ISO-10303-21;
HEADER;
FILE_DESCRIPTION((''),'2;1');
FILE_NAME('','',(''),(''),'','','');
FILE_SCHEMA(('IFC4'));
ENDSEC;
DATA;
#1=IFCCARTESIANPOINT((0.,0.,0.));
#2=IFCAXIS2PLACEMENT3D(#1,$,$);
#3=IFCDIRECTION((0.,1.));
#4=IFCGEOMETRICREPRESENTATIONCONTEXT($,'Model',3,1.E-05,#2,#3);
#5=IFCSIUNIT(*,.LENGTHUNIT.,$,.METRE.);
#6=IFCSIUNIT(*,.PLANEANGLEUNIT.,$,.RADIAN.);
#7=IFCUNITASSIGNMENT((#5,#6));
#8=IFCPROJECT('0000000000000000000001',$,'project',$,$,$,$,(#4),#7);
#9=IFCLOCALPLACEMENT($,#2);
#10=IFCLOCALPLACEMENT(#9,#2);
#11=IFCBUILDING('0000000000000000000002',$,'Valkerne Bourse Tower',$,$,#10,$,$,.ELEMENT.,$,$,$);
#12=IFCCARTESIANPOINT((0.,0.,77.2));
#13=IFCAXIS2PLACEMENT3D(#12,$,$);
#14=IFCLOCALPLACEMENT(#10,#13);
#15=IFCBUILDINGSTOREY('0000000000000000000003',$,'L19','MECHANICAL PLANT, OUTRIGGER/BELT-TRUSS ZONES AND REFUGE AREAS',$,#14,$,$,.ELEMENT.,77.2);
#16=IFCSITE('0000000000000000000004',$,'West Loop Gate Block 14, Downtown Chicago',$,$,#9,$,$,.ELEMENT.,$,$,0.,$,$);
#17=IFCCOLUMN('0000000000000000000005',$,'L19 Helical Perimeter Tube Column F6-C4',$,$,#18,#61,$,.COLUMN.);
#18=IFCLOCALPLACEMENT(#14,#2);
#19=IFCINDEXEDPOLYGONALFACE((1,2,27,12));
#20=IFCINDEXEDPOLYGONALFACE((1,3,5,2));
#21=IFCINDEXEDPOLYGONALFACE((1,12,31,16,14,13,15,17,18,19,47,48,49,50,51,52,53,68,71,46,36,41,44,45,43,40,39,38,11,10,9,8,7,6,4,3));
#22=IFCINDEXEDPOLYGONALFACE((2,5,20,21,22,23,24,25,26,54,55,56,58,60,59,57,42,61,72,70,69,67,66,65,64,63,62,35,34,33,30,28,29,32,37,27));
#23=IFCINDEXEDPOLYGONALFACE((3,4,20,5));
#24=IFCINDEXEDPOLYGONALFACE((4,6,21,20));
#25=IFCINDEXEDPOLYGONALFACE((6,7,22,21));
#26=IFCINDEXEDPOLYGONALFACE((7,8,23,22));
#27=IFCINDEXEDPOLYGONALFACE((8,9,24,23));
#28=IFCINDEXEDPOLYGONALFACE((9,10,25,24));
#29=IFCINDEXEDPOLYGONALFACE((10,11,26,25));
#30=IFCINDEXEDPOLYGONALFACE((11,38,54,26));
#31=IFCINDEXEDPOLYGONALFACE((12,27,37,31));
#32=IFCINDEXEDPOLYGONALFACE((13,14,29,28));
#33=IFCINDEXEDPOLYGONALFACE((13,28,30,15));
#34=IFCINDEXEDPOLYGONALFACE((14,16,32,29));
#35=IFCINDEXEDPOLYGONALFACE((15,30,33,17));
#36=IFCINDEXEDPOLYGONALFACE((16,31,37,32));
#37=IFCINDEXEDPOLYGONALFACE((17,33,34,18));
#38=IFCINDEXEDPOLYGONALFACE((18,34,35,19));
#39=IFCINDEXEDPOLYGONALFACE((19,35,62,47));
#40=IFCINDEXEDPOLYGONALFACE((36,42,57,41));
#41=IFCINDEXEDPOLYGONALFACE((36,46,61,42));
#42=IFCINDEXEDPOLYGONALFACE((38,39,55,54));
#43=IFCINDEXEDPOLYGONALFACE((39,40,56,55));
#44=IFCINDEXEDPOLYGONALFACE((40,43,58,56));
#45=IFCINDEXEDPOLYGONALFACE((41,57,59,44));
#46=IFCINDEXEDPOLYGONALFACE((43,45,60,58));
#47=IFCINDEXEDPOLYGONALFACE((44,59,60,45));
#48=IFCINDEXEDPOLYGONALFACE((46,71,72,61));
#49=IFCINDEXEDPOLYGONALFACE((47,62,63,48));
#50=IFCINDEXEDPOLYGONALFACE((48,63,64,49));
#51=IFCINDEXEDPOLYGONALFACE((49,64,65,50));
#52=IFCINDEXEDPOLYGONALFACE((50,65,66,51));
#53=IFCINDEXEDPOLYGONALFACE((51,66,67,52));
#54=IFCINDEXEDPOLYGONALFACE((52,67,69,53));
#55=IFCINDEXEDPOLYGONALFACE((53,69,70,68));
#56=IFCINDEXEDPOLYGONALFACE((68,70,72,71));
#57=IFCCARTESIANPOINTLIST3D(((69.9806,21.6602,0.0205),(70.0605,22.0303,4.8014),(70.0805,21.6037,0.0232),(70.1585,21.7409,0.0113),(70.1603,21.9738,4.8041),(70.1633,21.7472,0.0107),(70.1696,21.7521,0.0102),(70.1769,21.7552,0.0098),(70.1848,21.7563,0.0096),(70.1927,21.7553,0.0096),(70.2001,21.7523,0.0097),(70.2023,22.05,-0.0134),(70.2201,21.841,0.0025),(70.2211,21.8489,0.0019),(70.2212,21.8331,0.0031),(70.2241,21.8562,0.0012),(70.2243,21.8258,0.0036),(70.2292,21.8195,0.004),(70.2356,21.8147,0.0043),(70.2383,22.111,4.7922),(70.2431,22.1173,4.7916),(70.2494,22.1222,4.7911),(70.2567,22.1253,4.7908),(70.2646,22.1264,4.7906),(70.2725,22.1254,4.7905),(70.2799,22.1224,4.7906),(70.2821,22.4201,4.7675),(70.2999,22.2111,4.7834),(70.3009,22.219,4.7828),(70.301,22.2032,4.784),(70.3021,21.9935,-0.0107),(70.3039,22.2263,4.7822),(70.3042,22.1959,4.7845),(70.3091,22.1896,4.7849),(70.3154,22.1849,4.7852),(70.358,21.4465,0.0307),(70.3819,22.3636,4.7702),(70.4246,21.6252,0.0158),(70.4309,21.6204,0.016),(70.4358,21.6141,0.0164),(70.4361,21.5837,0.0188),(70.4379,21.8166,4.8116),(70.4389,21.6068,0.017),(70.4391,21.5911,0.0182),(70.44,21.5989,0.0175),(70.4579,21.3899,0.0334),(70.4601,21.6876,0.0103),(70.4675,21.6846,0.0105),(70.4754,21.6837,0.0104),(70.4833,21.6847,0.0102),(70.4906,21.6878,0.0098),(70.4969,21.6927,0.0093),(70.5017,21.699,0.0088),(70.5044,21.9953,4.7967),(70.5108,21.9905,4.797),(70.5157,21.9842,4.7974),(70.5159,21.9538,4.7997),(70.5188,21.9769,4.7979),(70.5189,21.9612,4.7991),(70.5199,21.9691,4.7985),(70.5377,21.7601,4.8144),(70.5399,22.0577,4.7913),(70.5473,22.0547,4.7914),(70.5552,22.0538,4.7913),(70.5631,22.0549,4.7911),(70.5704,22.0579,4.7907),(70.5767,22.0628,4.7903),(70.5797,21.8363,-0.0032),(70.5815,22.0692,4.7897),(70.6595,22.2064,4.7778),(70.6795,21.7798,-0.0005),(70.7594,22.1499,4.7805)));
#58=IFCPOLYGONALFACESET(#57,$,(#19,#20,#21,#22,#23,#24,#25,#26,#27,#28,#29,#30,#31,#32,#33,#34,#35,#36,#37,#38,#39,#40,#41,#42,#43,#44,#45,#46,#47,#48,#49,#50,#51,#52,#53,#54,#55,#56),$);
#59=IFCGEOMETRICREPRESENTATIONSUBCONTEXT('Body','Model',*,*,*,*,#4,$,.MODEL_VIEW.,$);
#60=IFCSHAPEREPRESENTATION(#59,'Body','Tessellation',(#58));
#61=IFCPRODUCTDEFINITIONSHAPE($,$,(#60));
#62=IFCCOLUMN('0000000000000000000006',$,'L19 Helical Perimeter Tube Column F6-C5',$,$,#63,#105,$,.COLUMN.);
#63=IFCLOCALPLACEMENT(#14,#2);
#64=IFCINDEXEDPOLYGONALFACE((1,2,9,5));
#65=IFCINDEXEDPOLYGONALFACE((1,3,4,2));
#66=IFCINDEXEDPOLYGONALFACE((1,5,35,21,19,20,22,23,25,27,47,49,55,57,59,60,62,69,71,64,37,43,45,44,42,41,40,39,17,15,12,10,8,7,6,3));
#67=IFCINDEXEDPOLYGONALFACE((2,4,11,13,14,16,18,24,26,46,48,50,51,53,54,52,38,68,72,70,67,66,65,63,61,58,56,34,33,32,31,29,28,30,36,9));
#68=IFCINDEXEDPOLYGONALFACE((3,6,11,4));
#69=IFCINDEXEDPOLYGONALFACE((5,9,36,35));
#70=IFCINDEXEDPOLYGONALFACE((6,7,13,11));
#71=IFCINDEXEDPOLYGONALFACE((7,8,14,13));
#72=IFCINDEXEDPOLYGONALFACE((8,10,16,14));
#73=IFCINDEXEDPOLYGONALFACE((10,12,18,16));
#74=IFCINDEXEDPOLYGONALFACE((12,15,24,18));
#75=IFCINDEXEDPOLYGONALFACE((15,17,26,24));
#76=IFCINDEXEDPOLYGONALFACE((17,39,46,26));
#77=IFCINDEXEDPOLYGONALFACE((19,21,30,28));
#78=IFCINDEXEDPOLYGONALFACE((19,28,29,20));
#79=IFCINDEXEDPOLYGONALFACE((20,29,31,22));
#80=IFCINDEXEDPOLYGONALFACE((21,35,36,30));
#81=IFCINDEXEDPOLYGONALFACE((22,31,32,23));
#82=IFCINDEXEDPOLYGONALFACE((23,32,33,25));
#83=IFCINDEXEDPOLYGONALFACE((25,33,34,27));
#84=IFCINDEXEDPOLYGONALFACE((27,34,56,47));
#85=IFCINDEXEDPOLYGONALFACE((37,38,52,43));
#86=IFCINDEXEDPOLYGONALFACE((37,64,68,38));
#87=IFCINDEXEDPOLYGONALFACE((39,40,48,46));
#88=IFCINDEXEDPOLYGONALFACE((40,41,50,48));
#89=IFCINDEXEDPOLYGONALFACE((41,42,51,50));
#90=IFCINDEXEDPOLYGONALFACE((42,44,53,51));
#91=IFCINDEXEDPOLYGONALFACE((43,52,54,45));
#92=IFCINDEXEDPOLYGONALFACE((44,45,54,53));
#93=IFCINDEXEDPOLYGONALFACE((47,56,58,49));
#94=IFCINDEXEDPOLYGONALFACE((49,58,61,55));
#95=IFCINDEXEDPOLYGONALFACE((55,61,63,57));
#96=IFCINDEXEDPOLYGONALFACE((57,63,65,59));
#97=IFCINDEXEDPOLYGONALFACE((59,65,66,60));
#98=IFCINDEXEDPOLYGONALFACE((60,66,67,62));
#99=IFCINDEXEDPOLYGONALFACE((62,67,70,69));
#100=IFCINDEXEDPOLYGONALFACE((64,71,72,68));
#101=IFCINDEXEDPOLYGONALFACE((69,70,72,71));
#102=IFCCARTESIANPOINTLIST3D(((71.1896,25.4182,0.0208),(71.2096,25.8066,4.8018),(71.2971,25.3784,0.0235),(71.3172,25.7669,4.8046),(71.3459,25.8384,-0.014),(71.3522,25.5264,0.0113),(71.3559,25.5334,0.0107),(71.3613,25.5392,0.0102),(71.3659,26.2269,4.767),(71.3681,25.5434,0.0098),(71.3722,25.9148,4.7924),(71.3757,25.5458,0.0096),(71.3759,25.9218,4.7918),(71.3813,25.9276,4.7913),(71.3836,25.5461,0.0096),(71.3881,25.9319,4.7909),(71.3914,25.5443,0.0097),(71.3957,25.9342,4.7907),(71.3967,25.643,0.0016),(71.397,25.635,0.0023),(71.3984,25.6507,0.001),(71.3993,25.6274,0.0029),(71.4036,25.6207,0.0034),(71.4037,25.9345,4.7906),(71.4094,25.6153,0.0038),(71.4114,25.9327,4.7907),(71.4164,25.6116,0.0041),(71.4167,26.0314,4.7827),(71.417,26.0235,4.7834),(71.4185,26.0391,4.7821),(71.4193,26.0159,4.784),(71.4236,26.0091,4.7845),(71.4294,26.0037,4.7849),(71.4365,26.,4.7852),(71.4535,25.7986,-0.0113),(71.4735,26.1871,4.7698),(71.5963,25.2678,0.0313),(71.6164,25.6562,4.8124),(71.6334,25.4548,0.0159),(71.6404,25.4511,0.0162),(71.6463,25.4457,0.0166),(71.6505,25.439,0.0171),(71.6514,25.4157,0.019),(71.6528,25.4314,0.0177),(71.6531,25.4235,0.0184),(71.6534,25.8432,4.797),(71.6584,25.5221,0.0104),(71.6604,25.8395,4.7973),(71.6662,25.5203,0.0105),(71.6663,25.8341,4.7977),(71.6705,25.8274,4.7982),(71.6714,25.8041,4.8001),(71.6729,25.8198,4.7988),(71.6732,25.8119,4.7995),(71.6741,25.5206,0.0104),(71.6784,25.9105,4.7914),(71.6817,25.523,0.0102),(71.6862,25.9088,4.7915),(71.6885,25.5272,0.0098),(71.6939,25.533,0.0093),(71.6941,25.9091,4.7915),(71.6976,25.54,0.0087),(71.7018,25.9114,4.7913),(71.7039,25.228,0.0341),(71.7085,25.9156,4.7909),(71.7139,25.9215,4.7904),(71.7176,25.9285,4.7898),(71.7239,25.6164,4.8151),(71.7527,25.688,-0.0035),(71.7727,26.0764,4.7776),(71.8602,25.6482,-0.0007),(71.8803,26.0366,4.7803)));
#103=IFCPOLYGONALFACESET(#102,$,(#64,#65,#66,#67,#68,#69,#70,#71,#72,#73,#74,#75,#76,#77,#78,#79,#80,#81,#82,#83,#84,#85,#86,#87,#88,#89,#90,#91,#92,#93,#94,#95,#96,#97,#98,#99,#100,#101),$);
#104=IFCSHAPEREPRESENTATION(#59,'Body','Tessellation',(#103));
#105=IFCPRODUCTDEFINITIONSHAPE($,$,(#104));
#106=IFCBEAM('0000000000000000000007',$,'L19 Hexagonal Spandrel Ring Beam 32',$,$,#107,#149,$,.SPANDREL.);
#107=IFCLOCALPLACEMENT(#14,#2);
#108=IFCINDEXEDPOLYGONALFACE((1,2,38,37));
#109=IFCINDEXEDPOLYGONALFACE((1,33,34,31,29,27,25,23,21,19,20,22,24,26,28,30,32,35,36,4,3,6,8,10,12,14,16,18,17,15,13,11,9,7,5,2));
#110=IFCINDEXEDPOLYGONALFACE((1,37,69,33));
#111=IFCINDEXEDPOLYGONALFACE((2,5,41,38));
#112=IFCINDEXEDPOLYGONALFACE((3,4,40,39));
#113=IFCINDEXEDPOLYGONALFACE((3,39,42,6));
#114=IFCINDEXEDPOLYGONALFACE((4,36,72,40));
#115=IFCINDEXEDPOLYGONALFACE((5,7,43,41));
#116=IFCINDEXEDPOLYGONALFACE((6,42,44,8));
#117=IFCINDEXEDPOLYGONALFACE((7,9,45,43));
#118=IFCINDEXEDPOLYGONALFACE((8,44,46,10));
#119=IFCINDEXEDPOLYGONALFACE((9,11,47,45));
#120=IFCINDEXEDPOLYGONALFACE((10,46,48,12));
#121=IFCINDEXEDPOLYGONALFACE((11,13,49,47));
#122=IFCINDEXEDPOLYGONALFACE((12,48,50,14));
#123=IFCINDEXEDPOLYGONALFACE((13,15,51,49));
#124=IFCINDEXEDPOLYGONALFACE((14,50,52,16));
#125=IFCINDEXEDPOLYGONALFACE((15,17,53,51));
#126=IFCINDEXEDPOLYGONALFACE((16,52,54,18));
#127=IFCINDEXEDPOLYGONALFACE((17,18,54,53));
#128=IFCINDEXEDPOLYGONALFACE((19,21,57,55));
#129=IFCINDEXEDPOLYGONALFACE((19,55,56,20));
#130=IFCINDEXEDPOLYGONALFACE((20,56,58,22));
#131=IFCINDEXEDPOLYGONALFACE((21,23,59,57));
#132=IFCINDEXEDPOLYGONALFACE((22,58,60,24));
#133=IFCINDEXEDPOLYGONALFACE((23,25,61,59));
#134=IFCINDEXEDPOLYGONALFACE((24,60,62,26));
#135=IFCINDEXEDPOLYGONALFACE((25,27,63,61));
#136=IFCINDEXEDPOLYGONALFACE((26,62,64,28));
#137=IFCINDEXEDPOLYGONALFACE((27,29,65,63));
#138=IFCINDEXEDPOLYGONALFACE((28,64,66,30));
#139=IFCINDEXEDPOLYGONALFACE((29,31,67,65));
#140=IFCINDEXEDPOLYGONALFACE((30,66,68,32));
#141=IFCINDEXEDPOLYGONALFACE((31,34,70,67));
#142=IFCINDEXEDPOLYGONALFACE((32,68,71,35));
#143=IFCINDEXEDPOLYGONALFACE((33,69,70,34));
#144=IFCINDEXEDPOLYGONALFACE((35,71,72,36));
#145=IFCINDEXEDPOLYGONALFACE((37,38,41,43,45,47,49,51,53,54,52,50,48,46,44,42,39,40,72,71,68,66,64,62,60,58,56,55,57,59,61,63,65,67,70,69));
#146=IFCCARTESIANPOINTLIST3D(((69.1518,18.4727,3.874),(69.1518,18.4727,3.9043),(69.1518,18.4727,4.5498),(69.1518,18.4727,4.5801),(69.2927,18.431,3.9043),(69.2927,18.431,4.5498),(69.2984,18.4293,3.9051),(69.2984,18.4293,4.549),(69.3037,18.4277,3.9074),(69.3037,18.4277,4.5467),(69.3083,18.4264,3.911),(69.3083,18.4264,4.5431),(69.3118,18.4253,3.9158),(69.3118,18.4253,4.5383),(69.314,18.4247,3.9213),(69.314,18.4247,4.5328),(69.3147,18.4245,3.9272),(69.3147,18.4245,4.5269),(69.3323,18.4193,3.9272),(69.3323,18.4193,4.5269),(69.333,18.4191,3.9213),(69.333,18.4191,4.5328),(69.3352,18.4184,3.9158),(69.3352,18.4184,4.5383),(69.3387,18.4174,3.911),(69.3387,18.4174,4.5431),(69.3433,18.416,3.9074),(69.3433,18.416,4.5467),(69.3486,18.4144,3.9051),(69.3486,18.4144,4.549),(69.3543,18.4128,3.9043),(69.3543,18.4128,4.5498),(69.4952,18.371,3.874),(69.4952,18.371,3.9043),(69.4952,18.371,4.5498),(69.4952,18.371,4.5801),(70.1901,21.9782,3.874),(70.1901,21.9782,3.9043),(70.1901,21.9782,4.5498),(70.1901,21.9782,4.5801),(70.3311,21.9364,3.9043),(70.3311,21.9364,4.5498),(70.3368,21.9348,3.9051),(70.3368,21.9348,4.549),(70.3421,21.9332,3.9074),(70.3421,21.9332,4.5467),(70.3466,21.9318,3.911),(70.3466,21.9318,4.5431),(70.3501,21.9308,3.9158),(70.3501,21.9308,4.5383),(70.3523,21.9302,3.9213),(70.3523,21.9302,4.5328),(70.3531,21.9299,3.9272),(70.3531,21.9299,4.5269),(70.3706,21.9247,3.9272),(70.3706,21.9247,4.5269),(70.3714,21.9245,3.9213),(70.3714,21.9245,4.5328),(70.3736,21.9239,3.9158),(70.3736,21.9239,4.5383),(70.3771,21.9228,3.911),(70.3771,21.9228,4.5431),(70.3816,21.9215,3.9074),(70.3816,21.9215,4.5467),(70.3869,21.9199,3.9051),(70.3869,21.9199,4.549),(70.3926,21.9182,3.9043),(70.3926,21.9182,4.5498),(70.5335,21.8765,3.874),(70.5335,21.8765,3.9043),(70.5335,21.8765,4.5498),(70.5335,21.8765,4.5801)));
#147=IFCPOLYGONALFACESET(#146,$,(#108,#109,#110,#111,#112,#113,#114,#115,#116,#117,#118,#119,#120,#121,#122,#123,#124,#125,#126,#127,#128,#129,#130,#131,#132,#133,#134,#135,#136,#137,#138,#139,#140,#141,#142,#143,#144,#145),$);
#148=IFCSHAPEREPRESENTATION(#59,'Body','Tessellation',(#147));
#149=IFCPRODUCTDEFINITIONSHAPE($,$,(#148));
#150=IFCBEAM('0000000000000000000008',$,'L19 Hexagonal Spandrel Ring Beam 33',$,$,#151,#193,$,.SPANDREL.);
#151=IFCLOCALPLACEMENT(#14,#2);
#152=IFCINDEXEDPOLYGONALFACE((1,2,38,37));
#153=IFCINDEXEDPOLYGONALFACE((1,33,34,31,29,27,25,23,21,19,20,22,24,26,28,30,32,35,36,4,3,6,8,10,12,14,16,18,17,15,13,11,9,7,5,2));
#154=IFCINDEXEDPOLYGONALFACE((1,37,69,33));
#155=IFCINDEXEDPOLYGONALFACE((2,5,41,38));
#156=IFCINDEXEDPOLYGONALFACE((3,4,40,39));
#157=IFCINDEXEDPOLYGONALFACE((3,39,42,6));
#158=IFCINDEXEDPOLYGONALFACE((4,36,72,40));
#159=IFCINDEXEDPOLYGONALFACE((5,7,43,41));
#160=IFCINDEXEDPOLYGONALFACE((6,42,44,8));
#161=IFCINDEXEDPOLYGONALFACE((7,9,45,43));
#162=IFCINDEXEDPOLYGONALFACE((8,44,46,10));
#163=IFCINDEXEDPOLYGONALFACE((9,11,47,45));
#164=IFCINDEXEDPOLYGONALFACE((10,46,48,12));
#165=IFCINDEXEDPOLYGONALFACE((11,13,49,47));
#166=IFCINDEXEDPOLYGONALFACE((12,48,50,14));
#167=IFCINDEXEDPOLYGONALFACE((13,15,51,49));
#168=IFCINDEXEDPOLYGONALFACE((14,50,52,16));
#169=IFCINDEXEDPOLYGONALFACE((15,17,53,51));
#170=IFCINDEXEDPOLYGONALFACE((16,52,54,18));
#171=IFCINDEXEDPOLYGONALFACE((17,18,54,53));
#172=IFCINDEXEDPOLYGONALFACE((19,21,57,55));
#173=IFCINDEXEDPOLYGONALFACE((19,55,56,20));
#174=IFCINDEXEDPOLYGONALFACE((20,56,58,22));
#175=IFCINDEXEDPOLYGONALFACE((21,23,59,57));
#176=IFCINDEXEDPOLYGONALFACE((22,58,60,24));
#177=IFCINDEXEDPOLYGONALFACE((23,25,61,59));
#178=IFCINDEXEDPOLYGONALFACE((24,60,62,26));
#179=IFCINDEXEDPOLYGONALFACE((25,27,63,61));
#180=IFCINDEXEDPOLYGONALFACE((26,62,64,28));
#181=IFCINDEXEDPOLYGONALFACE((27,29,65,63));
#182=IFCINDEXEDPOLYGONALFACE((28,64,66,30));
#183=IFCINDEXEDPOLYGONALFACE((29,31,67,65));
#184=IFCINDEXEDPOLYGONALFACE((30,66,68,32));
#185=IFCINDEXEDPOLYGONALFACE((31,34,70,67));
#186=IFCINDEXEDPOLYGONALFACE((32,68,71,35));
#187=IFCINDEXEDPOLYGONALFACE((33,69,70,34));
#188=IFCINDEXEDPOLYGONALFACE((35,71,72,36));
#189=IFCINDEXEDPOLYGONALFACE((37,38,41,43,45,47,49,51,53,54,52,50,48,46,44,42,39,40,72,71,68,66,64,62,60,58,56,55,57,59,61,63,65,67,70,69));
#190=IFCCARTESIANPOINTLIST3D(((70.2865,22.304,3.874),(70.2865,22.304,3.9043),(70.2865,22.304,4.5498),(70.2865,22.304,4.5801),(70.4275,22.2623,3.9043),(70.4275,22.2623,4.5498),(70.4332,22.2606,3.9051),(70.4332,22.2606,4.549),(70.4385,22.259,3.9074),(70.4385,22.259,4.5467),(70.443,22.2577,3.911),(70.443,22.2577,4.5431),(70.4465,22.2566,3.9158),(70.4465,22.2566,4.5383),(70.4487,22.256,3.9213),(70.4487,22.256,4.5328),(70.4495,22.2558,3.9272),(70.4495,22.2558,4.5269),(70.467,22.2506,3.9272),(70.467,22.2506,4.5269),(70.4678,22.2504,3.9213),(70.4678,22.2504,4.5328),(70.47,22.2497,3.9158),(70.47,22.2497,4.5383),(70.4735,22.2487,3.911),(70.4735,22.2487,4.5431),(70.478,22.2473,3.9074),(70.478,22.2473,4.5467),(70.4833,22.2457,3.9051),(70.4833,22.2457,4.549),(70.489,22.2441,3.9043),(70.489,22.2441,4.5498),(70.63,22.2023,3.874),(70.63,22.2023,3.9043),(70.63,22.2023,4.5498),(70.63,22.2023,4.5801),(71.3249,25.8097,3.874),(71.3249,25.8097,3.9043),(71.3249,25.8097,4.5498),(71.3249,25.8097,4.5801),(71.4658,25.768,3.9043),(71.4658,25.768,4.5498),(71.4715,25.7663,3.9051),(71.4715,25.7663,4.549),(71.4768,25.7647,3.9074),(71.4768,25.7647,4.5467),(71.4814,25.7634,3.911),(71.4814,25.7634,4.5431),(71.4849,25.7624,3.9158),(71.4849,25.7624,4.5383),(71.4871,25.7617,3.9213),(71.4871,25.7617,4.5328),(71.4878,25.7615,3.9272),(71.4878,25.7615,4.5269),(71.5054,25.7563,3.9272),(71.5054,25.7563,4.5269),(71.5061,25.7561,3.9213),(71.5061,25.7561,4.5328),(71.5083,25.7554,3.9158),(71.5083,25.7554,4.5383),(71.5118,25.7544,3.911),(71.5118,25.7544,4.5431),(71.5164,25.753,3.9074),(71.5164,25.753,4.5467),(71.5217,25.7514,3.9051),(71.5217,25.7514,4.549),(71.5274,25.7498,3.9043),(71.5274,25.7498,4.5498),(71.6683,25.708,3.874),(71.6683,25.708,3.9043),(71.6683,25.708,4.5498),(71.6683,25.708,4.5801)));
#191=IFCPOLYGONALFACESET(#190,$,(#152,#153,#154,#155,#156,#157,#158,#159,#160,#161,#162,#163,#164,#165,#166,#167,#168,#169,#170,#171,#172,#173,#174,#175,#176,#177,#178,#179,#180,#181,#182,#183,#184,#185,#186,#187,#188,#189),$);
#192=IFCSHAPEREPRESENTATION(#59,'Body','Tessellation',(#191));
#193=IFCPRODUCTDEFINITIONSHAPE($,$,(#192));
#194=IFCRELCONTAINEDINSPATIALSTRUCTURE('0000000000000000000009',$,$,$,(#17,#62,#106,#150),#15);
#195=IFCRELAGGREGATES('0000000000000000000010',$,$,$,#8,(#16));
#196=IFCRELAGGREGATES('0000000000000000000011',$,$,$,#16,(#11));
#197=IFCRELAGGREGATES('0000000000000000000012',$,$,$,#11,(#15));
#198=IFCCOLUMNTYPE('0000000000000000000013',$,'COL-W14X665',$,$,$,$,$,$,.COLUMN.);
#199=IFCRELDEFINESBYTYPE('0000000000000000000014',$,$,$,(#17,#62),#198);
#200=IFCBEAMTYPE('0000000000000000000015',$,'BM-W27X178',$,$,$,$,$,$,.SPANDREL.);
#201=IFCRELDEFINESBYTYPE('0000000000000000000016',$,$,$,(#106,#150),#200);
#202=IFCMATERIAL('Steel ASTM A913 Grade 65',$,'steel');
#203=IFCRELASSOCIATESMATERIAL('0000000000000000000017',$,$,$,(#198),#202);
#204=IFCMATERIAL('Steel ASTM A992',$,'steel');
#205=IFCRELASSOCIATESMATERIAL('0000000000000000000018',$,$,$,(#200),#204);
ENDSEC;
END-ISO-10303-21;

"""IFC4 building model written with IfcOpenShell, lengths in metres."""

from ifc_helpers import new_model, si_unit, direction, frame, origin, origin_2d, place, context, subcontext, project, spatial, i_section, extrude, material, material_profile, profile_set, type_object, element, save


model = new_model("IFC4")

# Units and contexts
model_context = context("Model", 3, precision=1e-05, world=origin(), true_north=direction((0.0, 1.0)))
body_context = subcontext(model_context, "Body", "Model", "MODEL_VIEW")
ifc_project = project(units=[si_unit("LENGTHUNIT", "METRE"), si_unit("PLANEANGLEUNIT", "RADIAN")], contexts=[model_context])

# Site, building, storey
site_placement = place(None, origin())
site = spatial("IfcSite", under=ifc_project, at=site_placement, Name="West Loop Gate Block 14, Downtown Chicago", CompositionType="ELEMENT", RefElevation=0.0)
building_placement = place(site_placement, origin())
building = spatial("IfcBuilding", under=site, at=building_placement, Name="Valkerne Bourse Tower", CompositionType="ELEMENT")
storey_placement = place(building_placement, frame((0.0, 0.0, 77.2)))
storey = spatial("IfcBuildingStorey", under=building, at=storey_placement, Name="L19", Description="MECHANICAL PLANT, OUTRIGGER/BELT-TRUSS ZONES AND REFUGE AREAS", CompositionType="ELEMENT", Elevation=77.2)

# Columns
ifc_material_1 = material(Name="Steel ASTM A913 Grade 65", Category="steel")
ifc_material_profile_1 = material_profile(ifc_material_1, i_section(OverallWidth=0.4497, OverallDepth=0.5486, WebThickness=0.072, FlangeThickness=0.1147, FilletRadius=0.0305, at=origin_2d()), Name="W14X665")
ifc_profile_set_1 = profile_set([ifc_material_profile_1], Name="Steel ASTM A913 Grade 65")
column_type = type_object("IfcColumnType", Name="COL-W14X665", PredefinedType="COLUMN", material=ifc_profile_set_1)
column_1_placement = place(storey_placement, frame((70.3301, 21.72, 0.01), z_axis=(0.016646, 0.077172, 0.996879), x_axis=(-0.492891, -0.866823, 0.075335)))
element("IfcColumn", 1, at=column_1_placement, inside=storey, type_object=column_type, Name="L19 Helical Perimeter Tube Column F6-C4", PredefinedType="COLUMN", context=body_context, shape_type="SweptSolid", body=[
    extrude(i_section(OverallWidth=0.4497, OverallDepth=0.5486, WebThickness=0.072, FlangeThickness=0.1147, FilletRadius=0.0305, at=origin_2d()), origin(), (0.0, 0.0, 1.0), 4.7959),
])
column_2_placement = place(storey_placement, frame((71.5249, 25.5332, 0.01), z_axis=(0.004174, 0.080976, 0.996707), x_axis=(-0.347599, -0.934445, 0.077374)))
element("IfcColumn", 2, at=column_2_placement, inside=storey, type_object=column_type, Name="L19 Helical Perimeter Tube Column F6-C5", PredefinedType="COLUMN", context=body_context, shape_type="SweptSolid", body=[
    extrude(i_section(OverallWidth=0.4497, OverallDepth=0.5486, WebThickness=0.072, FlangeThickness=0.1147, FilletRadius=0.0305, at=origin_2d()), origin(), (0.0, 0.0, 1.0), 4.7969),
])

# Beams
ifc_material_2 = material(Name="Steel ASTM A992", Category="steel")
ifc_material_profile_2 = material_profile(ifc_material_2, i_section(OverallWidth=0.3582, OverallDepth=0.7061, WebThickness=0.0183, FlangeThickness=0.0303, FilletRadius=0.0229, at=origin_2d()), Name="W27X178")
ifc_profile_set_2 = profile_set([ifc_material_profile_2], Name="Steel ASTM A992")
beam_type_1 = type_object("IfcBeamType", Name="BM-W27X178", PredefinedType="SPANDREL", material=ifc_profile_set_2)
beam_1_placement = place(storey_placement, frame((69.3235, 18.4219, 4.2271), z_axis=(0.284013, 0.95882, 0.0), x_axis=(-0.95882, 0.284013, 0.0)))
element("IfcBeam", 3, at=beam_1_placement, inside=storey, type_object=beam_type_1, Name="L19 Hexagonal Spandrel Ring Beam 32", PredefinedType="SPANDREL", context=body_context, shape_type="SweptSolid", body=[
    extrude(i_section(OverallWidth=0.3582, OverallDepth=0.7061, WebThickness=0.0183, FlangeThickness=0.0303, FilletRadius=0.0229, at=origin_2d()), origin(), (0.0, 0.0, 1.0), 3.656),
])
beam_2_placement = place(storey_placement, frame((70.4583, 22.2532, 4.2271), z_axis=(0.283995, 0.958826, 0.0), x_axis=(-0.958826, 0.283995, 0.0)))
element("IfcBeam", 4, at=beam_2_placement, inside=storey, type_object=beam_type_1, Name="L19 Hexagonal Spandrel Ring Beam 33", PredefinedType="SPANDREL", context=body_context, shape_type="SweptSolid", body=[
    extrude(i_section(OverallWidth=0.3582, OverallDepth=0.7061, WebThickness=0.0183, FlangeThickness=0.0303, FilletRadius=0.0229, at=origin_2d()), origin(), (0.0, 0.0, 1.0), 3.6562),
])

save(model, "model.ifc")
